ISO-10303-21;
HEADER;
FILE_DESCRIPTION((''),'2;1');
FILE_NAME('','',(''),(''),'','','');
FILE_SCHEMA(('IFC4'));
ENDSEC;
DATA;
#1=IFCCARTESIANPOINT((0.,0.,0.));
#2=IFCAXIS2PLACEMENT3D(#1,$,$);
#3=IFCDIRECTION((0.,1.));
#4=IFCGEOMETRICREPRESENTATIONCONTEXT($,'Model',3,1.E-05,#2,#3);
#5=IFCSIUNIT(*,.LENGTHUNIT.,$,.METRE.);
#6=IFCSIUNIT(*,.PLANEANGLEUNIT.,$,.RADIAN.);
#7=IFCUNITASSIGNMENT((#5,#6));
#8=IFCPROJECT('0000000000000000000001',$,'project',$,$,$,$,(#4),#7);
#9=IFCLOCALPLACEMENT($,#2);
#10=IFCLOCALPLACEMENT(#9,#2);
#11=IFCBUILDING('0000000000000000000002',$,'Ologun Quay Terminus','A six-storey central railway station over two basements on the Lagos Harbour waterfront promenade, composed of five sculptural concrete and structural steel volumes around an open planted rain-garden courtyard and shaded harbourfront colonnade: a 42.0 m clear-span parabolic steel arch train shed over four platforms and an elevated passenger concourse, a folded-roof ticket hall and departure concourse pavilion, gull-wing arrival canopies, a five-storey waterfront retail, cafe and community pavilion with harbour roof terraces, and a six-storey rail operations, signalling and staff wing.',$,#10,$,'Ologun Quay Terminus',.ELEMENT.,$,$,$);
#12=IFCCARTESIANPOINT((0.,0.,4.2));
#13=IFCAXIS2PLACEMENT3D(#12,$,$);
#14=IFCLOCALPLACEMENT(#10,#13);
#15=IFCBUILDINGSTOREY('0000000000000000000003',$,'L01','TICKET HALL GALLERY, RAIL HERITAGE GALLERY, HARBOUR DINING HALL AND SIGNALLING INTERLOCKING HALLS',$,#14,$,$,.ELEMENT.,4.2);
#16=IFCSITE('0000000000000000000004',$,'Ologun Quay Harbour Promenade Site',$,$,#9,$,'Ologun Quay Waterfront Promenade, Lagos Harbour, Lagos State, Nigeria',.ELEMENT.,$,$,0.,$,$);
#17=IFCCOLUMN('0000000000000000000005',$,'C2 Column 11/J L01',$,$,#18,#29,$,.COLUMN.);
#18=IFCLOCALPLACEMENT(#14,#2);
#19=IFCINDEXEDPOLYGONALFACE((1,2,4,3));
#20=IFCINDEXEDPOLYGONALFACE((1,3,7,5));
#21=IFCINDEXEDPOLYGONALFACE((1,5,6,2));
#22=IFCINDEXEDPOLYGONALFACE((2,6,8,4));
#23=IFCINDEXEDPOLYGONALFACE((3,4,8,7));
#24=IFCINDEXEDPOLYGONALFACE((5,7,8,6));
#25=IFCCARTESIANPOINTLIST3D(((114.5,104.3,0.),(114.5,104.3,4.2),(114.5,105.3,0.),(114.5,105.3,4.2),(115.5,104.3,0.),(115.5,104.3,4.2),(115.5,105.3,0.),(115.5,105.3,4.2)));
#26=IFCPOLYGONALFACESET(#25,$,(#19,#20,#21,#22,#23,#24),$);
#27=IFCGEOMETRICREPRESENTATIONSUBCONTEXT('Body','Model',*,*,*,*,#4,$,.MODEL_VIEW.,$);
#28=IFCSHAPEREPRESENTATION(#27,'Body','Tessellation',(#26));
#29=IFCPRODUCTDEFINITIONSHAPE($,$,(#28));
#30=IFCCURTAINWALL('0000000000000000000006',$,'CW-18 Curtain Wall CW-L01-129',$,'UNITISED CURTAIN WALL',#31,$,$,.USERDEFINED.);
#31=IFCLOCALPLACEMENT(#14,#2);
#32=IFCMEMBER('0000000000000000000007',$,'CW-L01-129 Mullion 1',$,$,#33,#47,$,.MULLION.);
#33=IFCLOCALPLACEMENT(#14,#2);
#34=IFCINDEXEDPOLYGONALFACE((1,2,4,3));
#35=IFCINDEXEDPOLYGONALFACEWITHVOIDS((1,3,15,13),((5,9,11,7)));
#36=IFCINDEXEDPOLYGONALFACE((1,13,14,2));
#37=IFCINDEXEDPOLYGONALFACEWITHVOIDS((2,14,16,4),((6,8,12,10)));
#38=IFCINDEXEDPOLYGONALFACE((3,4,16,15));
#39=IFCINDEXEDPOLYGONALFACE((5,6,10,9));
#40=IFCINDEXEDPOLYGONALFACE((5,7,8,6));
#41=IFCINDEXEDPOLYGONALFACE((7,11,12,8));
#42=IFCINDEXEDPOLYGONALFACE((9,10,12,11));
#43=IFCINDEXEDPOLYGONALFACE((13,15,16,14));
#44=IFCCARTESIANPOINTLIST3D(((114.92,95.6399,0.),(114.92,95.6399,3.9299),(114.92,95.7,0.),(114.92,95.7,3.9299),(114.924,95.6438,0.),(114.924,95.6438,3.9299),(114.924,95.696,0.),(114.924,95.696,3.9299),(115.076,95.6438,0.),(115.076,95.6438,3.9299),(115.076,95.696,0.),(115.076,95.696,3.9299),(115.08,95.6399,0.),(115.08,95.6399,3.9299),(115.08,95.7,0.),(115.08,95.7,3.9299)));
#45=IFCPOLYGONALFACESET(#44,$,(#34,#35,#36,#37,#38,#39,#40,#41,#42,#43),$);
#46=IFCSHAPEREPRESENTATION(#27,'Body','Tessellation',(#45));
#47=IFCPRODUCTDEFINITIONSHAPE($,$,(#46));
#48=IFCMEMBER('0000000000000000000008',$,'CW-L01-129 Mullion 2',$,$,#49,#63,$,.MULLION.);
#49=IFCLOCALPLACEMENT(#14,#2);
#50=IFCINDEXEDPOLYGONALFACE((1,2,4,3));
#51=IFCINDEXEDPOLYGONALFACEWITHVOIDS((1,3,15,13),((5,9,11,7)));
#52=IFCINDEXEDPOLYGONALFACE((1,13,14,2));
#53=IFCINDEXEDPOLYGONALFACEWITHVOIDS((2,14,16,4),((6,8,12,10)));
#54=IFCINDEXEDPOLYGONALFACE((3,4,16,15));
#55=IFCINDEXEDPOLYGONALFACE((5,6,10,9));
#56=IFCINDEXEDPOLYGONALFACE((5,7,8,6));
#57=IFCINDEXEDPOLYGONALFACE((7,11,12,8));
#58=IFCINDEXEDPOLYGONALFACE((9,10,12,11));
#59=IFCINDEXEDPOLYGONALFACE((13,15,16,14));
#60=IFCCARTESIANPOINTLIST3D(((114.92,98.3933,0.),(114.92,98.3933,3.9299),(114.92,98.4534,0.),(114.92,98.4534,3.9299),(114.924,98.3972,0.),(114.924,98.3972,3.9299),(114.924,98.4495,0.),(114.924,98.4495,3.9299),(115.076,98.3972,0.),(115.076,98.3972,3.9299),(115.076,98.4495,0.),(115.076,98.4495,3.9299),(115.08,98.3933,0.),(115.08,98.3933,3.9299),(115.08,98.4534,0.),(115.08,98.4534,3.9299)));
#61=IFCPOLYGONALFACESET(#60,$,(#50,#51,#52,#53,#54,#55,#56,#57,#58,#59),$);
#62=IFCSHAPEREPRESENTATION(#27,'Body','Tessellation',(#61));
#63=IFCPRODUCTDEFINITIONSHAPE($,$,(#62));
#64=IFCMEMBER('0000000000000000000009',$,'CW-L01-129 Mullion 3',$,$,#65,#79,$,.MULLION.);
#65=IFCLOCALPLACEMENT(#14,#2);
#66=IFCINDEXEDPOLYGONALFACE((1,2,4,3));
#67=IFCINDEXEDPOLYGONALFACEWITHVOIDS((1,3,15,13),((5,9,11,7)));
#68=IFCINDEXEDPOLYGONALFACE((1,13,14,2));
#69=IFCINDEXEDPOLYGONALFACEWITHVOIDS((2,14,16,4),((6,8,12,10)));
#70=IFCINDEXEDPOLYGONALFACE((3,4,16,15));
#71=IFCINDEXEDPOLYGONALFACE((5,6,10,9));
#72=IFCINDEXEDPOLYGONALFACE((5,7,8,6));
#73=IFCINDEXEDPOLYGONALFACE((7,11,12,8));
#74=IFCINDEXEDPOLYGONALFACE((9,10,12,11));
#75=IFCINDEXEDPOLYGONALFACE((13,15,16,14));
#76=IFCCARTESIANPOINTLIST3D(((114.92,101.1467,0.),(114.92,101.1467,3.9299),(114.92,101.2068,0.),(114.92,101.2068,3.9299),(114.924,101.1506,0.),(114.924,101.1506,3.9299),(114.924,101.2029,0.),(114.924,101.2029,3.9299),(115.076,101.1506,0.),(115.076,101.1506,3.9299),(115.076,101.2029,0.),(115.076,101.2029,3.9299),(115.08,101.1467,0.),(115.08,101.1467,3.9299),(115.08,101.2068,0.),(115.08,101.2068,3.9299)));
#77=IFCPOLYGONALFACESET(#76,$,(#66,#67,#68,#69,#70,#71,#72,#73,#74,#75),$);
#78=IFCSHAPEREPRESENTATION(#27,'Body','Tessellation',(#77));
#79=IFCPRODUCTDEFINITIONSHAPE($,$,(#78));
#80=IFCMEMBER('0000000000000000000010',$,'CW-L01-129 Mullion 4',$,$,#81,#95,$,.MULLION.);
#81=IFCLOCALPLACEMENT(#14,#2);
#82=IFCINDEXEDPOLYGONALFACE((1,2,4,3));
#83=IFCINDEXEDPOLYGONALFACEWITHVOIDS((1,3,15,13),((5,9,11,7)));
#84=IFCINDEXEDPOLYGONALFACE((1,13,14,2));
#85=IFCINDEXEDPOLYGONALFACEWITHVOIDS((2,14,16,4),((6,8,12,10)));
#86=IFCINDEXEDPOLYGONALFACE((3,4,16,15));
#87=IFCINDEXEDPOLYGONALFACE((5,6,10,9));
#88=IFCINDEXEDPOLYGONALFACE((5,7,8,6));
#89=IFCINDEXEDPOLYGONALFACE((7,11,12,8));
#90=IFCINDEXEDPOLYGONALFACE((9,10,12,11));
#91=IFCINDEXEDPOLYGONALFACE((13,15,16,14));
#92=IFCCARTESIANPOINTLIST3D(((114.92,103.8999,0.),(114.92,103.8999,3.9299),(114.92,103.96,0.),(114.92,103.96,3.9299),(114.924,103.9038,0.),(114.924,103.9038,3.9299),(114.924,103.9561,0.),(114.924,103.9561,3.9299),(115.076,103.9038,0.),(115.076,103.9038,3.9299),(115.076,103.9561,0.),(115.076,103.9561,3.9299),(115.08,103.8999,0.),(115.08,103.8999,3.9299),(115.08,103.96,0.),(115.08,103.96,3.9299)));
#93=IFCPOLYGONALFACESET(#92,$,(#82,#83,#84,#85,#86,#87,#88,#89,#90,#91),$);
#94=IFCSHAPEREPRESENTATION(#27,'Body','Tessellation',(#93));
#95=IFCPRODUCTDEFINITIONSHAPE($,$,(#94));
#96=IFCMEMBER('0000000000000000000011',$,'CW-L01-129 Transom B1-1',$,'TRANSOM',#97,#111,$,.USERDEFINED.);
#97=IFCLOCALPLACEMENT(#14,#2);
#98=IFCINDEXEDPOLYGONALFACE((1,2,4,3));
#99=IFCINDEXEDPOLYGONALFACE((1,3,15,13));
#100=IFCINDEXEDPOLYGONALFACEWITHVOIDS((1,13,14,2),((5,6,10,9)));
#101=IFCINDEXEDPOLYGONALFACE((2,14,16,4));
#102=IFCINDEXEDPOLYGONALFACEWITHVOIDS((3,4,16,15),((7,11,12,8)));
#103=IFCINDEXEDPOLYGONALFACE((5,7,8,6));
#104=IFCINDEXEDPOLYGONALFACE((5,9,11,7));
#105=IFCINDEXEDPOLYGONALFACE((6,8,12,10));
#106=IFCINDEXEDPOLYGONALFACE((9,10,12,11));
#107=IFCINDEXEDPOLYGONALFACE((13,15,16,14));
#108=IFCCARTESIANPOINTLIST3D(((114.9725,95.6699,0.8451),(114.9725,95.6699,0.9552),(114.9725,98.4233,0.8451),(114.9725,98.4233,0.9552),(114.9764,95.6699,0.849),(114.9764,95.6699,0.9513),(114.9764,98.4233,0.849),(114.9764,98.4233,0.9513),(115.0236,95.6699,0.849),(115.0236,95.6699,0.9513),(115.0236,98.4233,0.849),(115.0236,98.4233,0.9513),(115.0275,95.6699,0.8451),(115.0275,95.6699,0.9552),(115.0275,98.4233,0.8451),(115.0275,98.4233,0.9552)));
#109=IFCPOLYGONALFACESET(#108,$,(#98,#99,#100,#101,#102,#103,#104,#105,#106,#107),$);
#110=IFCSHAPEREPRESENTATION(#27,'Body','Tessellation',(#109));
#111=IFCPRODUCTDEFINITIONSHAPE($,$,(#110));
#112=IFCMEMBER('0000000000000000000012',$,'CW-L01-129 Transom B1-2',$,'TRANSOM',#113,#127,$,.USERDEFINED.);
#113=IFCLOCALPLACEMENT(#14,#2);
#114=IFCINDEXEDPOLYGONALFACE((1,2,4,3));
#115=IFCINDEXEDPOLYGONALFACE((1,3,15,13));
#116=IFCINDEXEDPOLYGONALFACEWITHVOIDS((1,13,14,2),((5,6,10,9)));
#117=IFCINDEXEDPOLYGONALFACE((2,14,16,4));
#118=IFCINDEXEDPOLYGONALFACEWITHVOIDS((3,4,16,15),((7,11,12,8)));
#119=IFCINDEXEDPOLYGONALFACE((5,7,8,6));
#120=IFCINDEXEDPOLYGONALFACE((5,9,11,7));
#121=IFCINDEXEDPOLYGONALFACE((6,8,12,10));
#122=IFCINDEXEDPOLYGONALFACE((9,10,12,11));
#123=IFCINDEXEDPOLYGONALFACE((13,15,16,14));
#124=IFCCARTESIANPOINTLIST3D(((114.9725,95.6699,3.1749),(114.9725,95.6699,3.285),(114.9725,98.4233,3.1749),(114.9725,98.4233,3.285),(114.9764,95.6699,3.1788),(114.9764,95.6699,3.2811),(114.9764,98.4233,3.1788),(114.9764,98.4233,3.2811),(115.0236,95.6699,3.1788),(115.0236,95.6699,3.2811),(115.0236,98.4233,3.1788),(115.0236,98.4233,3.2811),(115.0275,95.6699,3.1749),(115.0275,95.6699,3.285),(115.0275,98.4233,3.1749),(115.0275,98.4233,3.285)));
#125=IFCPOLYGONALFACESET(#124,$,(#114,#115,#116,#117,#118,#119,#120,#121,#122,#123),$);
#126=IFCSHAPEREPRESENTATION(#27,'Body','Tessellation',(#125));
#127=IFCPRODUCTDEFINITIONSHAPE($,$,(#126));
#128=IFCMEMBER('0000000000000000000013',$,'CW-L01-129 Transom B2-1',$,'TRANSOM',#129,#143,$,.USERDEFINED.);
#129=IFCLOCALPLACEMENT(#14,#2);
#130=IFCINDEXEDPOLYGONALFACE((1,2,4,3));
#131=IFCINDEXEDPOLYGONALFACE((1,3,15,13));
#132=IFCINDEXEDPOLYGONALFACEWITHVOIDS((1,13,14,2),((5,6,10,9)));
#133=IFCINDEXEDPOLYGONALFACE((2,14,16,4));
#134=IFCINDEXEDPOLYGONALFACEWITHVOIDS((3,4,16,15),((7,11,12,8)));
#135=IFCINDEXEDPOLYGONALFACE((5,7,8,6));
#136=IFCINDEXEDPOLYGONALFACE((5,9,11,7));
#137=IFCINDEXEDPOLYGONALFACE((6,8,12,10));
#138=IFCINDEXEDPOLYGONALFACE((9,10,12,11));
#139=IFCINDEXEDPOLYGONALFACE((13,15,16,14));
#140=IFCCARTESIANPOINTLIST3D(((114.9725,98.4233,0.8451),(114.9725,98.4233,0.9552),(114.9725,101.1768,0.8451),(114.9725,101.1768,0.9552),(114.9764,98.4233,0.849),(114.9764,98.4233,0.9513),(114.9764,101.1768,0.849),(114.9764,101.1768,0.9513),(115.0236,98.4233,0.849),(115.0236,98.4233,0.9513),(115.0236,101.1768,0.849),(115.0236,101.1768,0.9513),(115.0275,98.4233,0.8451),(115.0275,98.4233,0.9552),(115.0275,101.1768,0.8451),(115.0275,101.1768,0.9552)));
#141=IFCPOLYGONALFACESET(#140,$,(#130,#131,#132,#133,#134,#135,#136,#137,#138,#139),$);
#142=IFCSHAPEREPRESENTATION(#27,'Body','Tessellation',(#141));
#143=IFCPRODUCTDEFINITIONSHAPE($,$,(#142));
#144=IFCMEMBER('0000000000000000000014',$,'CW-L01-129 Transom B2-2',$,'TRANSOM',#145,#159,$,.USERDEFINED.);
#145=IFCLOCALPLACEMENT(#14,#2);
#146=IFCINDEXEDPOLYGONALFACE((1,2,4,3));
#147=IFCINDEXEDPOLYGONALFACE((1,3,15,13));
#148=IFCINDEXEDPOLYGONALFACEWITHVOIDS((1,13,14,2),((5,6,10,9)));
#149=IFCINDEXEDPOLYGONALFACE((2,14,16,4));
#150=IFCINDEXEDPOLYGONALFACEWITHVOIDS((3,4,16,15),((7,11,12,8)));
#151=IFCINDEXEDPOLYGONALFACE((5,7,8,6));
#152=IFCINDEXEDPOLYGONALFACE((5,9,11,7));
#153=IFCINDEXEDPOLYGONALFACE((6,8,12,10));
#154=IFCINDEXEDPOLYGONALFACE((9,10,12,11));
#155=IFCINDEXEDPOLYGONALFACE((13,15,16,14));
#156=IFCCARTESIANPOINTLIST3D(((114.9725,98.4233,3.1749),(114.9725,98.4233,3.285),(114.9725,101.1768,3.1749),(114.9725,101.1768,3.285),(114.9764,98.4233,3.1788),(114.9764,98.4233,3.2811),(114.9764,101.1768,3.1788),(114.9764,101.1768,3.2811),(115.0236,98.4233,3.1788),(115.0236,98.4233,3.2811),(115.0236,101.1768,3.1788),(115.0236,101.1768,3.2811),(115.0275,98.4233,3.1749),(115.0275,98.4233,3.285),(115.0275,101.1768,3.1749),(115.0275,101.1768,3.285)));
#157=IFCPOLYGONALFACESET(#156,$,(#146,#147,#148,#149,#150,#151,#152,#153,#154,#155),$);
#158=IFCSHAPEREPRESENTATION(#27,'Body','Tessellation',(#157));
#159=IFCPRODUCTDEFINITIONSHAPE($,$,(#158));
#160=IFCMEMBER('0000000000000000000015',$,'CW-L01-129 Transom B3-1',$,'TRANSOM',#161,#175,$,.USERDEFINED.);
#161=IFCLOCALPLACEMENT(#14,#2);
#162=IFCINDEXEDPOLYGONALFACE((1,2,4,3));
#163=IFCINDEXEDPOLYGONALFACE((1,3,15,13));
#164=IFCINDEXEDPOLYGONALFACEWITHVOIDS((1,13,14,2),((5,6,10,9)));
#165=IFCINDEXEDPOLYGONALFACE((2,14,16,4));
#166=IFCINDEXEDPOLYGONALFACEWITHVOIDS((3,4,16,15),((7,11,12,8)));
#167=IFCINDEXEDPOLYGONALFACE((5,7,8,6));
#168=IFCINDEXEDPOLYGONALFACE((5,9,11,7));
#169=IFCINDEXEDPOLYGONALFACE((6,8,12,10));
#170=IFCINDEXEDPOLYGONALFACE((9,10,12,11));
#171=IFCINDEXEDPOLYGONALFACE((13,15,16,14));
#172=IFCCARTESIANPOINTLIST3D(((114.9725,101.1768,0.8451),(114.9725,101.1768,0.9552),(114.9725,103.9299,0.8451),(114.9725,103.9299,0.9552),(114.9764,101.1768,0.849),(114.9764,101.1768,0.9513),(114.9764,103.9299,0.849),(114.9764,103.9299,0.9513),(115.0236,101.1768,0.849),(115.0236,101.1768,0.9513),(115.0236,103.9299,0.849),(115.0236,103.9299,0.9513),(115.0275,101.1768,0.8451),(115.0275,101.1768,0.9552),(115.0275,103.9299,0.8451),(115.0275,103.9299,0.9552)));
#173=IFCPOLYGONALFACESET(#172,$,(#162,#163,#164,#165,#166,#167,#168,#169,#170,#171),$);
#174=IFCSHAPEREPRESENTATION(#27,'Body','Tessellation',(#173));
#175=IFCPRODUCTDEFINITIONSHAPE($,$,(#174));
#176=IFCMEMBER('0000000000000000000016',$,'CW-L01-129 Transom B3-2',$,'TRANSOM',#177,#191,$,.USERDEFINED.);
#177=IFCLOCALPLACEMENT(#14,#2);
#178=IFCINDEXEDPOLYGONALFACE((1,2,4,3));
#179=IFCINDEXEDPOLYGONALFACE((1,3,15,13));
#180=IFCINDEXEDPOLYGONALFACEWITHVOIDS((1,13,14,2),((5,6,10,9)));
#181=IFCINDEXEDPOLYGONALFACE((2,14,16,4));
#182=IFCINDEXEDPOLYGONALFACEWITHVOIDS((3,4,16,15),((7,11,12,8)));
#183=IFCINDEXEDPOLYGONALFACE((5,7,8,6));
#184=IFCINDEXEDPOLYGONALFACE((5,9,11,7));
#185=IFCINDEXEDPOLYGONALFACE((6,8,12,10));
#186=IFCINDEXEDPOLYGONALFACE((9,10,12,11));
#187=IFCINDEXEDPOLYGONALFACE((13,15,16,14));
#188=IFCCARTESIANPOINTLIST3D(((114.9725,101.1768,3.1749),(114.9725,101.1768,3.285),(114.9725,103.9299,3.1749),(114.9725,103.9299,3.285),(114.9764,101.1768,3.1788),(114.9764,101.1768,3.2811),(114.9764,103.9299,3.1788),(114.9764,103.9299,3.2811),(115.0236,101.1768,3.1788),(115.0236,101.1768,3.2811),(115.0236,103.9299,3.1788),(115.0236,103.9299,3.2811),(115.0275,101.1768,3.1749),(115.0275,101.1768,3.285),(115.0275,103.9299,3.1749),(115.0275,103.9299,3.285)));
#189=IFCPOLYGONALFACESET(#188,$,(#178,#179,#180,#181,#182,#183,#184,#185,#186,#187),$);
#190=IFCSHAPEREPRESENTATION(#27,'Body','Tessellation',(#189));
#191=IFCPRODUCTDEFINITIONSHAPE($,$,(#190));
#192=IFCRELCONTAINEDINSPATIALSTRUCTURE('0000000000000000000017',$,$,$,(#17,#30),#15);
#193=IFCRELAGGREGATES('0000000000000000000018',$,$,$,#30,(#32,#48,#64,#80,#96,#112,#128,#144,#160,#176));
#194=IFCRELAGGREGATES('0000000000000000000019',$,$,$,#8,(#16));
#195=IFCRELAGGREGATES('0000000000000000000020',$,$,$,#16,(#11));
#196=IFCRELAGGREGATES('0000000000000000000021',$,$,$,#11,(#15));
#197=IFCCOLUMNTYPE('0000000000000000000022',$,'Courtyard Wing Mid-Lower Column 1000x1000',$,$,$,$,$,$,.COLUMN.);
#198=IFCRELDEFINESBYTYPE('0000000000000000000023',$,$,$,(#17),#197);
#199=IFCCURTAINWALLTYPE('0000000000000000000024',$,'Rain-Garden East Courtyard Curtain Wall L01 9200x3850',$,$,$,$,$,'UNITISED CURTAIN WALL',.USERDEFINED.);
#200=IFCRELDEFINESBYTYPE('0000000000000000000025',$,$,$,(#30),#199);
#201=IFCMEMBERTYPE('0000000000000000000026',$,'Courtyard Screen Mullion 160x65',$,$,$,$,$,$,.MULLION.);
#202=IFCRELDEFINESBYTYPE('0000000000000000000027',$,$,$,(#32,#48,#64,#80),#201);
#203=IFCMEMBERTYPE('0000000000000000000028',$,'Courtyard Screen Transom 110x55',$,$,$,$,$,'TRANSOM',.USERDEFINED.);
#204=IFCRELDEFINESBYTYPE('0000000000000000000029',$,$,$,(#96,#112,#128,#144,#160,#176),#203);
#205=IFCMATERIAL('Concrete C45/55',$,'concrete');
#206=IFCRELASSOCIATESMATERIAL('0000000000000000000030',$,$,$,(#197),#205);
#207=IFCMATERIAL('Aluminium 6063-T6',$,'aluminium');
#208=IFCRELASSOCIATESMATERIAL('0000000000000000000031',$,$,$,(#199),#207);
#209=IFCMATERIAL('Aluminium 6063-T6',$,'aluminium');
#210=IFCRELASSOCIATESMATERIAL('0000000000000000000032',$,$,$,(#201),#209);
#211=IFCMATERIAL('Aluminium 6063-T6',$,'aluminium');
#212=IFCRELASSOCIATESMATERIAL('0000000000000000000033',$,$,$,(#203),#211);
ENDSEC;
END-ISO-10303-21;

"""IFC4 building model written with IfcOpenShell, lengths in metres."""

from ifc_helpers import new_model, si_unit, direction, frame, origin, origin_2d, place, context, subcontext, project, spatial, rectangle, hollow_rectangle, extrude, material, material_profile, profile_set, type_object, element, aggregate, save


model = new_model("IFC4")

# Units and contexts
model_context = context("Model", 3, precision=1e-05, world=origin(), true_north=direction((0.0, 1.0)))
body_context = subcontext(model_context, "Body", "Model", "MODEL_VIEW")
ifc_project = project(units=[si_unit("LENGTHUNIT", "METRE"), si_unit("PLANEANGLEUNIT", "RADIAN")], contexts=[model_context])

# Site, building, storey
site_placement = place(None, origin())
site = spatial("IfcSite", under=ifc_project, at=site_placement, Name="Ologun Quay Harbour Promenade Site", LongName="Ologun Quay Waterfront Promenade, Lagos Harbour, Lagos State, Nigeria", CompositionType="ELEMENT", RefElevation=0.0)
building_placement = place(site_placement, origin())
building = spatial("IfcBuilding", under=site, at=building_placement, Name="Ologun Quay Terminus", Description="A six-storey central railway station over two basements on the Lagos Harbour waterfront promenade, composed of five sculptural concrete and structural steel volumes around an open planted rain-garden courtyard and shaded harbourfront colonnade: a 42.0 m clear-span parabolic steel arch train shed over four platforms and an elevated passenger concourse, a folded-roof ticket hall and departure concourse pavilion, gull-wing arrival canopies, a five-storey waterfront retail, cafe and community pavilion with harbour roof terraces, and a six-storey rail operations, signalling and staff wing.", LongName="Ologun Quay Terminus", CompositionType="ELEMENT")
storey_placement = place(building_placement, frame((0.0, 0.0, 4.2)))
storey = spatial("IfcBuildingStorey", under=building, at=storey_placement, Name="L01", Description="TICKET HALL GALLERY, RAIL HERITAGE GALLERY, HARBOUR DINING HALL AND SIGNALLING INTERLOCKING HALLS", CompositionType="ELEMENT", Elevation=4.2)

# Column
ifc_material_1 = material(Name="Concrete C45/55", Category="concrete")
ifc_material_profile_1 = material_profile(ifc_material_1, rectangle(XDim=1.0, YDim=1.0, at=origin_2d()), Name="RC 1000x1000")
ifc_profile_set_1 = profile_set([ifc_material_profile_1], Name="Concrete C45/55")
column_type = type_object("IfcColumnType", Name="Courtyard Wing Mid-Lower Column 1000x1000", PredefinedType="COLUMN", material=ifc_profile_set_1)
column_placement = place(storey_placement, frame((115.0, 104.8, 0.0), z_axis=(0.0, 0.0, 1.0), x_axis=(1.0, 0.0, 0.0)))
element("IfcColumn", 1, at=column_placement, inside=storey, type_object=column_type, Name="C2 Column 11/J L01", PredefinedType="COLUMN", context=body_context, shape_type="SweptSolid", body=[
    extrude(rectangle(XDim=1.0, YDim=1.0, at=origin_2d()), origin(), (0.0, 0.0, 1.0), 4.2),
])

# Curtain wall, members
ifc_material_2 = material(Name="Aluminium 6063-T6", Category="aluminium")
curtain_wall_type = type_object("IfcCurtainWallType", Name="Rain-Garden East Courtyard Curtain Wall L01 9200x3850", ElementType="UNITISED CURTAIN WALL", PredefinedType="USERDEFINED", material=ifc_material_2)
curtain_wall_placement = place(storey_placement, origin())
curtain_wall = element("IfcCurtainWall", 2, at=curtain_wall_placement, inside=storey, type_object=curtain_wall_type, Name="CW-18 Curtain Wall CW-L01-129", ObjectType="UNITISED CURTAIN WALL", PredefinedType="USERDEFINED")
ifc_material_3 = material(Name="Aluminium 6063-T6", Category="aluminium")
ifc_material_profile_2 = material_profile(ifc_material_3, hollow_rectangle(XDim=0.0601, YDim=0.1599, WallThickness=0.0039, at=origin_2d()), Name="ALU 160x60x4")
ifc_profile_set_2 = profile_set([ifc_material_profile_2], Name="Aluminium 6063-T6")
member_type_1 = type_object("IfcMemberType", Name="Courtyard Screen Mullion 160x65", PredefinedType="MULLION", material=ifc_profile_set_2)
member_1_placement = place(storey_placement, frame((115.0, 95.6699, 0.0), z_axis=(0.0, 0.0, 1.0), x_axis=(0.0, 1.0, 0.0)))
member_1 = element("IfcMember", 3, at=member_1_placement, type_object=member_type_1, Name="CW-L01-129 Mullion 1", PredefinedType="MULLION", context=body_context, shape_type="SweptSolid", body=[
    extrude(hollow_rectangle(XDim=0.0601, YDim=0.1599, WallThickness=0.0039, at=origin_2d()), origin(), (0.0, 0.0, 1.0), 3.9299),
])
member_2_placement = place(storey_placement, frame((115.0, 98.4233, 0.0), z_axis=(0.0, 0.0, 1.0), x_axis=(0.0, 1.0, 0.0)))
member_2 = element("IfcMember", 4, at=member_2_placement, type_object=member_type_1, Name="CW-L01-129 Mullion 2", PredefinedType="MULLION", context=body_context, shape_type="SweptSolid", body=[
    extrude(hollow_rectangle(XDim=0.0601, YDim=0.1599, WallThickness=0.0039, at=origin_2d()), origin(), (0.0, 0.0, 1.0), 3.9299),
])
member_3_placement = place(storey_placement, frame((115.0, 101.1768, 0.0), z_axis=(0.0, 0.0, 1.0), x_axis=(0.0, 1.0, 0.0)))
member_3 = element("IfcMember", 5, at=member_3_placement, type_object=member_type_1, Name="CW-L01-129 Mullion 3", PredefinedType="MULLION", context=body_context, shape_type="SweptSolid", body=[
    extrude(hollow_rectangle(XDim=0.0601, YDim=0.1599, WallThickness=0.0039, at=origin_2d()), origin(), (0.0, 0.0, 1.0), 3.9299),
])
member_4_placement = place(storey_placement, frame((115.0, 103.9299, 0.0), z_axis=(0.0, 0.0, 1.0), x_axis=(0.0, 1.0, 0.0)))
member_4 = element("IfcMember", 6, at=member_4_placement, type_object=member_type_1, Name="CW-L01-129 Mullion 4", PredefinedType="MULLION", context=body_context, shape_type="SweptSolid", body=[
    extrude(hollow_rectangle(XDim=0.0601, YDim=0.1599, WallThickness=0.0039, at=origin_2d()), origin(), (0.0, 0.0, 1.0), 3.9299),
])
ifc_material_4 = material(Name="Aluminium 6063-T6", Category="aluminium")
ifc_material_profile_3 = material_profile(ifc_material_4, hollow_rectangle(XDim=0.0549, YDim=0.1101, WallThickness=0.0039, at=origin_2d()), Name="ALU 110x55x4")
ifc_profile_set_3 = profile_set([ifc_material_profile_3], Name="Aluminium 6063-T6")
member_type_2 = type_object("IfcMemberType", Name="Courtyard Screen Transom 110x55", ElementType="TRANSOM", PredefinedType="USERDEFINED", material=ifc_profile_set_3)
member_5_placement = place(storey_placement, frame((115.0, 95.6699, 0.9001), z_axis=(0.0, 1.0, 0.0), x_axis=(-1.0, 0.0, 0.0)))
member_5 = element("IfcMember", 7, at=member_5_placement, type_object=member_type_2, Name="CW-L01-129 Transom B1-1", ObjectType="TRANSOM", PredefinedType="USERDEFINED", context=body_context, shape_type="SweptSolid", body=[
    extrude(hollow_rectangle(XDim=0.0549, YDim=0.1101, WallThickness=0.0039, at=origin_2d()), origin(), (0.0, 0.0, 1.0), 2.7534),
])
member_6_placement = place(storey_placement, frame((115.0, 95.6699, 3.23), z_axis=(0.0, 1.0, 0.0), x_axis=(-1.0, 0.0, 0.0)))
member_6 = element("IfcMember", 8, at=member_6_placement, type_object=member_type_2, Name="CW-L01-129 Transom B1-2", ObjectType="TRANSOM", PredefinedType="USERDEFINED", context=body_context, shape_type="SweptSolid", body=[
    extrude(hollow_rectangle(XDim=0.0549, YDim=0.1101, WallThickness=0.0039, at=origin_2d()), origin(), (0.0, 0.0, 1.0), 2.7534),
])
member_7_placement = place(storey_placement, frame((115.0, 98.4233, 0.9001), z_axis=(0.0, 1.0, 0.0), x_axis=(-1.0, 0.0, 0.0)))
member_7 = element("IfcMember", 9, at=member_7_placement, type_object=member_type_2, Name="CW-L01-129 Transom B2-1", ObjectType="TRANSOM", PredefinedType="USERDEFINED", context=body_context, shape_type="SweptSolid", body=[
    extrude(hollow_rectangle(XDim=0.0549, YDim=0.1101, WallThickness=0.0039, at=origin_2d()), origin(), (0.0, 0.0, 1.0), 2.7534),
])
member_8_placement = place(storey_placement, frame((115.0, 98.4233, 3.23), z_axis=(0.0, 1.0, 0.0), x_axis=(-1.0, 0.0, 0.0)))
member_8 = element("IfcMember", 10, at=member_8_placement, type_object=member_type_2, Name="CW-L01-129 Transom B2-2", ObjectType="TRANSOM", PredefinedType="USERDEFINED", context=body_context, shape_type="SweptSolid", body=[
    extrude(hollow_rectangle(XDim=0.0549, YDim=0.1101, WallThickness=0.0039, at=origin_2d()), origin(), (0.0, 0.0, 1.0), 2.7534),
])
member_9_placement = place(storey_placement, frame((115.0, 101.1768, 0.9001), z_axis=(0.0, 1.0, 0.0), x_axis=(-1.0, 0.0, 0.0)))
member_9 = element("IfcMember", 11, at=member_9_placement, type_object=member_type_2, Name="CW-L01-129 Transom B3-1", ObjectType="TRANSOM", PredefinedType="USERDEFINED", context=body_context, shape_type="SweptSolid", body=[
    extrude(hollow_rectangle(XDim=0.0549, YDim=0.1101, WallThickness=0.0039, at=origin_2d()), origin(), (0.0, 0.0, 1.0), 2.7532),
])
member_10_placement = place(storey_placement, frame((115.0, 101.1768, 3.23), z_axis=(0.0, 1.0, 0.0), x_axis=(-1.0, 0.0, 0.0)))
member_10 = element("IfcMember", 12, at=member_10_placement, type_object=member_type_2, Name="CW-L01-129 Transom B3-2", ObjectType="TRANSOM", PredefinedType="USERDEFINED", context=body_context, shape_type="SweptSolid", body=[
    extrude(hollow_rectangle(XDim=0.0549, YDim=0.1101, WallThickness=0.0039, at=origin_2d()), origin(), (0.0, 0.0, 1.0), 2.7532),
])

aggregate(curtain_wall, [member_1, member_2, member_3, member_4, member_5, member_6, member_7, member_8, member_9, member_10])

save(model, "model.ifc")
